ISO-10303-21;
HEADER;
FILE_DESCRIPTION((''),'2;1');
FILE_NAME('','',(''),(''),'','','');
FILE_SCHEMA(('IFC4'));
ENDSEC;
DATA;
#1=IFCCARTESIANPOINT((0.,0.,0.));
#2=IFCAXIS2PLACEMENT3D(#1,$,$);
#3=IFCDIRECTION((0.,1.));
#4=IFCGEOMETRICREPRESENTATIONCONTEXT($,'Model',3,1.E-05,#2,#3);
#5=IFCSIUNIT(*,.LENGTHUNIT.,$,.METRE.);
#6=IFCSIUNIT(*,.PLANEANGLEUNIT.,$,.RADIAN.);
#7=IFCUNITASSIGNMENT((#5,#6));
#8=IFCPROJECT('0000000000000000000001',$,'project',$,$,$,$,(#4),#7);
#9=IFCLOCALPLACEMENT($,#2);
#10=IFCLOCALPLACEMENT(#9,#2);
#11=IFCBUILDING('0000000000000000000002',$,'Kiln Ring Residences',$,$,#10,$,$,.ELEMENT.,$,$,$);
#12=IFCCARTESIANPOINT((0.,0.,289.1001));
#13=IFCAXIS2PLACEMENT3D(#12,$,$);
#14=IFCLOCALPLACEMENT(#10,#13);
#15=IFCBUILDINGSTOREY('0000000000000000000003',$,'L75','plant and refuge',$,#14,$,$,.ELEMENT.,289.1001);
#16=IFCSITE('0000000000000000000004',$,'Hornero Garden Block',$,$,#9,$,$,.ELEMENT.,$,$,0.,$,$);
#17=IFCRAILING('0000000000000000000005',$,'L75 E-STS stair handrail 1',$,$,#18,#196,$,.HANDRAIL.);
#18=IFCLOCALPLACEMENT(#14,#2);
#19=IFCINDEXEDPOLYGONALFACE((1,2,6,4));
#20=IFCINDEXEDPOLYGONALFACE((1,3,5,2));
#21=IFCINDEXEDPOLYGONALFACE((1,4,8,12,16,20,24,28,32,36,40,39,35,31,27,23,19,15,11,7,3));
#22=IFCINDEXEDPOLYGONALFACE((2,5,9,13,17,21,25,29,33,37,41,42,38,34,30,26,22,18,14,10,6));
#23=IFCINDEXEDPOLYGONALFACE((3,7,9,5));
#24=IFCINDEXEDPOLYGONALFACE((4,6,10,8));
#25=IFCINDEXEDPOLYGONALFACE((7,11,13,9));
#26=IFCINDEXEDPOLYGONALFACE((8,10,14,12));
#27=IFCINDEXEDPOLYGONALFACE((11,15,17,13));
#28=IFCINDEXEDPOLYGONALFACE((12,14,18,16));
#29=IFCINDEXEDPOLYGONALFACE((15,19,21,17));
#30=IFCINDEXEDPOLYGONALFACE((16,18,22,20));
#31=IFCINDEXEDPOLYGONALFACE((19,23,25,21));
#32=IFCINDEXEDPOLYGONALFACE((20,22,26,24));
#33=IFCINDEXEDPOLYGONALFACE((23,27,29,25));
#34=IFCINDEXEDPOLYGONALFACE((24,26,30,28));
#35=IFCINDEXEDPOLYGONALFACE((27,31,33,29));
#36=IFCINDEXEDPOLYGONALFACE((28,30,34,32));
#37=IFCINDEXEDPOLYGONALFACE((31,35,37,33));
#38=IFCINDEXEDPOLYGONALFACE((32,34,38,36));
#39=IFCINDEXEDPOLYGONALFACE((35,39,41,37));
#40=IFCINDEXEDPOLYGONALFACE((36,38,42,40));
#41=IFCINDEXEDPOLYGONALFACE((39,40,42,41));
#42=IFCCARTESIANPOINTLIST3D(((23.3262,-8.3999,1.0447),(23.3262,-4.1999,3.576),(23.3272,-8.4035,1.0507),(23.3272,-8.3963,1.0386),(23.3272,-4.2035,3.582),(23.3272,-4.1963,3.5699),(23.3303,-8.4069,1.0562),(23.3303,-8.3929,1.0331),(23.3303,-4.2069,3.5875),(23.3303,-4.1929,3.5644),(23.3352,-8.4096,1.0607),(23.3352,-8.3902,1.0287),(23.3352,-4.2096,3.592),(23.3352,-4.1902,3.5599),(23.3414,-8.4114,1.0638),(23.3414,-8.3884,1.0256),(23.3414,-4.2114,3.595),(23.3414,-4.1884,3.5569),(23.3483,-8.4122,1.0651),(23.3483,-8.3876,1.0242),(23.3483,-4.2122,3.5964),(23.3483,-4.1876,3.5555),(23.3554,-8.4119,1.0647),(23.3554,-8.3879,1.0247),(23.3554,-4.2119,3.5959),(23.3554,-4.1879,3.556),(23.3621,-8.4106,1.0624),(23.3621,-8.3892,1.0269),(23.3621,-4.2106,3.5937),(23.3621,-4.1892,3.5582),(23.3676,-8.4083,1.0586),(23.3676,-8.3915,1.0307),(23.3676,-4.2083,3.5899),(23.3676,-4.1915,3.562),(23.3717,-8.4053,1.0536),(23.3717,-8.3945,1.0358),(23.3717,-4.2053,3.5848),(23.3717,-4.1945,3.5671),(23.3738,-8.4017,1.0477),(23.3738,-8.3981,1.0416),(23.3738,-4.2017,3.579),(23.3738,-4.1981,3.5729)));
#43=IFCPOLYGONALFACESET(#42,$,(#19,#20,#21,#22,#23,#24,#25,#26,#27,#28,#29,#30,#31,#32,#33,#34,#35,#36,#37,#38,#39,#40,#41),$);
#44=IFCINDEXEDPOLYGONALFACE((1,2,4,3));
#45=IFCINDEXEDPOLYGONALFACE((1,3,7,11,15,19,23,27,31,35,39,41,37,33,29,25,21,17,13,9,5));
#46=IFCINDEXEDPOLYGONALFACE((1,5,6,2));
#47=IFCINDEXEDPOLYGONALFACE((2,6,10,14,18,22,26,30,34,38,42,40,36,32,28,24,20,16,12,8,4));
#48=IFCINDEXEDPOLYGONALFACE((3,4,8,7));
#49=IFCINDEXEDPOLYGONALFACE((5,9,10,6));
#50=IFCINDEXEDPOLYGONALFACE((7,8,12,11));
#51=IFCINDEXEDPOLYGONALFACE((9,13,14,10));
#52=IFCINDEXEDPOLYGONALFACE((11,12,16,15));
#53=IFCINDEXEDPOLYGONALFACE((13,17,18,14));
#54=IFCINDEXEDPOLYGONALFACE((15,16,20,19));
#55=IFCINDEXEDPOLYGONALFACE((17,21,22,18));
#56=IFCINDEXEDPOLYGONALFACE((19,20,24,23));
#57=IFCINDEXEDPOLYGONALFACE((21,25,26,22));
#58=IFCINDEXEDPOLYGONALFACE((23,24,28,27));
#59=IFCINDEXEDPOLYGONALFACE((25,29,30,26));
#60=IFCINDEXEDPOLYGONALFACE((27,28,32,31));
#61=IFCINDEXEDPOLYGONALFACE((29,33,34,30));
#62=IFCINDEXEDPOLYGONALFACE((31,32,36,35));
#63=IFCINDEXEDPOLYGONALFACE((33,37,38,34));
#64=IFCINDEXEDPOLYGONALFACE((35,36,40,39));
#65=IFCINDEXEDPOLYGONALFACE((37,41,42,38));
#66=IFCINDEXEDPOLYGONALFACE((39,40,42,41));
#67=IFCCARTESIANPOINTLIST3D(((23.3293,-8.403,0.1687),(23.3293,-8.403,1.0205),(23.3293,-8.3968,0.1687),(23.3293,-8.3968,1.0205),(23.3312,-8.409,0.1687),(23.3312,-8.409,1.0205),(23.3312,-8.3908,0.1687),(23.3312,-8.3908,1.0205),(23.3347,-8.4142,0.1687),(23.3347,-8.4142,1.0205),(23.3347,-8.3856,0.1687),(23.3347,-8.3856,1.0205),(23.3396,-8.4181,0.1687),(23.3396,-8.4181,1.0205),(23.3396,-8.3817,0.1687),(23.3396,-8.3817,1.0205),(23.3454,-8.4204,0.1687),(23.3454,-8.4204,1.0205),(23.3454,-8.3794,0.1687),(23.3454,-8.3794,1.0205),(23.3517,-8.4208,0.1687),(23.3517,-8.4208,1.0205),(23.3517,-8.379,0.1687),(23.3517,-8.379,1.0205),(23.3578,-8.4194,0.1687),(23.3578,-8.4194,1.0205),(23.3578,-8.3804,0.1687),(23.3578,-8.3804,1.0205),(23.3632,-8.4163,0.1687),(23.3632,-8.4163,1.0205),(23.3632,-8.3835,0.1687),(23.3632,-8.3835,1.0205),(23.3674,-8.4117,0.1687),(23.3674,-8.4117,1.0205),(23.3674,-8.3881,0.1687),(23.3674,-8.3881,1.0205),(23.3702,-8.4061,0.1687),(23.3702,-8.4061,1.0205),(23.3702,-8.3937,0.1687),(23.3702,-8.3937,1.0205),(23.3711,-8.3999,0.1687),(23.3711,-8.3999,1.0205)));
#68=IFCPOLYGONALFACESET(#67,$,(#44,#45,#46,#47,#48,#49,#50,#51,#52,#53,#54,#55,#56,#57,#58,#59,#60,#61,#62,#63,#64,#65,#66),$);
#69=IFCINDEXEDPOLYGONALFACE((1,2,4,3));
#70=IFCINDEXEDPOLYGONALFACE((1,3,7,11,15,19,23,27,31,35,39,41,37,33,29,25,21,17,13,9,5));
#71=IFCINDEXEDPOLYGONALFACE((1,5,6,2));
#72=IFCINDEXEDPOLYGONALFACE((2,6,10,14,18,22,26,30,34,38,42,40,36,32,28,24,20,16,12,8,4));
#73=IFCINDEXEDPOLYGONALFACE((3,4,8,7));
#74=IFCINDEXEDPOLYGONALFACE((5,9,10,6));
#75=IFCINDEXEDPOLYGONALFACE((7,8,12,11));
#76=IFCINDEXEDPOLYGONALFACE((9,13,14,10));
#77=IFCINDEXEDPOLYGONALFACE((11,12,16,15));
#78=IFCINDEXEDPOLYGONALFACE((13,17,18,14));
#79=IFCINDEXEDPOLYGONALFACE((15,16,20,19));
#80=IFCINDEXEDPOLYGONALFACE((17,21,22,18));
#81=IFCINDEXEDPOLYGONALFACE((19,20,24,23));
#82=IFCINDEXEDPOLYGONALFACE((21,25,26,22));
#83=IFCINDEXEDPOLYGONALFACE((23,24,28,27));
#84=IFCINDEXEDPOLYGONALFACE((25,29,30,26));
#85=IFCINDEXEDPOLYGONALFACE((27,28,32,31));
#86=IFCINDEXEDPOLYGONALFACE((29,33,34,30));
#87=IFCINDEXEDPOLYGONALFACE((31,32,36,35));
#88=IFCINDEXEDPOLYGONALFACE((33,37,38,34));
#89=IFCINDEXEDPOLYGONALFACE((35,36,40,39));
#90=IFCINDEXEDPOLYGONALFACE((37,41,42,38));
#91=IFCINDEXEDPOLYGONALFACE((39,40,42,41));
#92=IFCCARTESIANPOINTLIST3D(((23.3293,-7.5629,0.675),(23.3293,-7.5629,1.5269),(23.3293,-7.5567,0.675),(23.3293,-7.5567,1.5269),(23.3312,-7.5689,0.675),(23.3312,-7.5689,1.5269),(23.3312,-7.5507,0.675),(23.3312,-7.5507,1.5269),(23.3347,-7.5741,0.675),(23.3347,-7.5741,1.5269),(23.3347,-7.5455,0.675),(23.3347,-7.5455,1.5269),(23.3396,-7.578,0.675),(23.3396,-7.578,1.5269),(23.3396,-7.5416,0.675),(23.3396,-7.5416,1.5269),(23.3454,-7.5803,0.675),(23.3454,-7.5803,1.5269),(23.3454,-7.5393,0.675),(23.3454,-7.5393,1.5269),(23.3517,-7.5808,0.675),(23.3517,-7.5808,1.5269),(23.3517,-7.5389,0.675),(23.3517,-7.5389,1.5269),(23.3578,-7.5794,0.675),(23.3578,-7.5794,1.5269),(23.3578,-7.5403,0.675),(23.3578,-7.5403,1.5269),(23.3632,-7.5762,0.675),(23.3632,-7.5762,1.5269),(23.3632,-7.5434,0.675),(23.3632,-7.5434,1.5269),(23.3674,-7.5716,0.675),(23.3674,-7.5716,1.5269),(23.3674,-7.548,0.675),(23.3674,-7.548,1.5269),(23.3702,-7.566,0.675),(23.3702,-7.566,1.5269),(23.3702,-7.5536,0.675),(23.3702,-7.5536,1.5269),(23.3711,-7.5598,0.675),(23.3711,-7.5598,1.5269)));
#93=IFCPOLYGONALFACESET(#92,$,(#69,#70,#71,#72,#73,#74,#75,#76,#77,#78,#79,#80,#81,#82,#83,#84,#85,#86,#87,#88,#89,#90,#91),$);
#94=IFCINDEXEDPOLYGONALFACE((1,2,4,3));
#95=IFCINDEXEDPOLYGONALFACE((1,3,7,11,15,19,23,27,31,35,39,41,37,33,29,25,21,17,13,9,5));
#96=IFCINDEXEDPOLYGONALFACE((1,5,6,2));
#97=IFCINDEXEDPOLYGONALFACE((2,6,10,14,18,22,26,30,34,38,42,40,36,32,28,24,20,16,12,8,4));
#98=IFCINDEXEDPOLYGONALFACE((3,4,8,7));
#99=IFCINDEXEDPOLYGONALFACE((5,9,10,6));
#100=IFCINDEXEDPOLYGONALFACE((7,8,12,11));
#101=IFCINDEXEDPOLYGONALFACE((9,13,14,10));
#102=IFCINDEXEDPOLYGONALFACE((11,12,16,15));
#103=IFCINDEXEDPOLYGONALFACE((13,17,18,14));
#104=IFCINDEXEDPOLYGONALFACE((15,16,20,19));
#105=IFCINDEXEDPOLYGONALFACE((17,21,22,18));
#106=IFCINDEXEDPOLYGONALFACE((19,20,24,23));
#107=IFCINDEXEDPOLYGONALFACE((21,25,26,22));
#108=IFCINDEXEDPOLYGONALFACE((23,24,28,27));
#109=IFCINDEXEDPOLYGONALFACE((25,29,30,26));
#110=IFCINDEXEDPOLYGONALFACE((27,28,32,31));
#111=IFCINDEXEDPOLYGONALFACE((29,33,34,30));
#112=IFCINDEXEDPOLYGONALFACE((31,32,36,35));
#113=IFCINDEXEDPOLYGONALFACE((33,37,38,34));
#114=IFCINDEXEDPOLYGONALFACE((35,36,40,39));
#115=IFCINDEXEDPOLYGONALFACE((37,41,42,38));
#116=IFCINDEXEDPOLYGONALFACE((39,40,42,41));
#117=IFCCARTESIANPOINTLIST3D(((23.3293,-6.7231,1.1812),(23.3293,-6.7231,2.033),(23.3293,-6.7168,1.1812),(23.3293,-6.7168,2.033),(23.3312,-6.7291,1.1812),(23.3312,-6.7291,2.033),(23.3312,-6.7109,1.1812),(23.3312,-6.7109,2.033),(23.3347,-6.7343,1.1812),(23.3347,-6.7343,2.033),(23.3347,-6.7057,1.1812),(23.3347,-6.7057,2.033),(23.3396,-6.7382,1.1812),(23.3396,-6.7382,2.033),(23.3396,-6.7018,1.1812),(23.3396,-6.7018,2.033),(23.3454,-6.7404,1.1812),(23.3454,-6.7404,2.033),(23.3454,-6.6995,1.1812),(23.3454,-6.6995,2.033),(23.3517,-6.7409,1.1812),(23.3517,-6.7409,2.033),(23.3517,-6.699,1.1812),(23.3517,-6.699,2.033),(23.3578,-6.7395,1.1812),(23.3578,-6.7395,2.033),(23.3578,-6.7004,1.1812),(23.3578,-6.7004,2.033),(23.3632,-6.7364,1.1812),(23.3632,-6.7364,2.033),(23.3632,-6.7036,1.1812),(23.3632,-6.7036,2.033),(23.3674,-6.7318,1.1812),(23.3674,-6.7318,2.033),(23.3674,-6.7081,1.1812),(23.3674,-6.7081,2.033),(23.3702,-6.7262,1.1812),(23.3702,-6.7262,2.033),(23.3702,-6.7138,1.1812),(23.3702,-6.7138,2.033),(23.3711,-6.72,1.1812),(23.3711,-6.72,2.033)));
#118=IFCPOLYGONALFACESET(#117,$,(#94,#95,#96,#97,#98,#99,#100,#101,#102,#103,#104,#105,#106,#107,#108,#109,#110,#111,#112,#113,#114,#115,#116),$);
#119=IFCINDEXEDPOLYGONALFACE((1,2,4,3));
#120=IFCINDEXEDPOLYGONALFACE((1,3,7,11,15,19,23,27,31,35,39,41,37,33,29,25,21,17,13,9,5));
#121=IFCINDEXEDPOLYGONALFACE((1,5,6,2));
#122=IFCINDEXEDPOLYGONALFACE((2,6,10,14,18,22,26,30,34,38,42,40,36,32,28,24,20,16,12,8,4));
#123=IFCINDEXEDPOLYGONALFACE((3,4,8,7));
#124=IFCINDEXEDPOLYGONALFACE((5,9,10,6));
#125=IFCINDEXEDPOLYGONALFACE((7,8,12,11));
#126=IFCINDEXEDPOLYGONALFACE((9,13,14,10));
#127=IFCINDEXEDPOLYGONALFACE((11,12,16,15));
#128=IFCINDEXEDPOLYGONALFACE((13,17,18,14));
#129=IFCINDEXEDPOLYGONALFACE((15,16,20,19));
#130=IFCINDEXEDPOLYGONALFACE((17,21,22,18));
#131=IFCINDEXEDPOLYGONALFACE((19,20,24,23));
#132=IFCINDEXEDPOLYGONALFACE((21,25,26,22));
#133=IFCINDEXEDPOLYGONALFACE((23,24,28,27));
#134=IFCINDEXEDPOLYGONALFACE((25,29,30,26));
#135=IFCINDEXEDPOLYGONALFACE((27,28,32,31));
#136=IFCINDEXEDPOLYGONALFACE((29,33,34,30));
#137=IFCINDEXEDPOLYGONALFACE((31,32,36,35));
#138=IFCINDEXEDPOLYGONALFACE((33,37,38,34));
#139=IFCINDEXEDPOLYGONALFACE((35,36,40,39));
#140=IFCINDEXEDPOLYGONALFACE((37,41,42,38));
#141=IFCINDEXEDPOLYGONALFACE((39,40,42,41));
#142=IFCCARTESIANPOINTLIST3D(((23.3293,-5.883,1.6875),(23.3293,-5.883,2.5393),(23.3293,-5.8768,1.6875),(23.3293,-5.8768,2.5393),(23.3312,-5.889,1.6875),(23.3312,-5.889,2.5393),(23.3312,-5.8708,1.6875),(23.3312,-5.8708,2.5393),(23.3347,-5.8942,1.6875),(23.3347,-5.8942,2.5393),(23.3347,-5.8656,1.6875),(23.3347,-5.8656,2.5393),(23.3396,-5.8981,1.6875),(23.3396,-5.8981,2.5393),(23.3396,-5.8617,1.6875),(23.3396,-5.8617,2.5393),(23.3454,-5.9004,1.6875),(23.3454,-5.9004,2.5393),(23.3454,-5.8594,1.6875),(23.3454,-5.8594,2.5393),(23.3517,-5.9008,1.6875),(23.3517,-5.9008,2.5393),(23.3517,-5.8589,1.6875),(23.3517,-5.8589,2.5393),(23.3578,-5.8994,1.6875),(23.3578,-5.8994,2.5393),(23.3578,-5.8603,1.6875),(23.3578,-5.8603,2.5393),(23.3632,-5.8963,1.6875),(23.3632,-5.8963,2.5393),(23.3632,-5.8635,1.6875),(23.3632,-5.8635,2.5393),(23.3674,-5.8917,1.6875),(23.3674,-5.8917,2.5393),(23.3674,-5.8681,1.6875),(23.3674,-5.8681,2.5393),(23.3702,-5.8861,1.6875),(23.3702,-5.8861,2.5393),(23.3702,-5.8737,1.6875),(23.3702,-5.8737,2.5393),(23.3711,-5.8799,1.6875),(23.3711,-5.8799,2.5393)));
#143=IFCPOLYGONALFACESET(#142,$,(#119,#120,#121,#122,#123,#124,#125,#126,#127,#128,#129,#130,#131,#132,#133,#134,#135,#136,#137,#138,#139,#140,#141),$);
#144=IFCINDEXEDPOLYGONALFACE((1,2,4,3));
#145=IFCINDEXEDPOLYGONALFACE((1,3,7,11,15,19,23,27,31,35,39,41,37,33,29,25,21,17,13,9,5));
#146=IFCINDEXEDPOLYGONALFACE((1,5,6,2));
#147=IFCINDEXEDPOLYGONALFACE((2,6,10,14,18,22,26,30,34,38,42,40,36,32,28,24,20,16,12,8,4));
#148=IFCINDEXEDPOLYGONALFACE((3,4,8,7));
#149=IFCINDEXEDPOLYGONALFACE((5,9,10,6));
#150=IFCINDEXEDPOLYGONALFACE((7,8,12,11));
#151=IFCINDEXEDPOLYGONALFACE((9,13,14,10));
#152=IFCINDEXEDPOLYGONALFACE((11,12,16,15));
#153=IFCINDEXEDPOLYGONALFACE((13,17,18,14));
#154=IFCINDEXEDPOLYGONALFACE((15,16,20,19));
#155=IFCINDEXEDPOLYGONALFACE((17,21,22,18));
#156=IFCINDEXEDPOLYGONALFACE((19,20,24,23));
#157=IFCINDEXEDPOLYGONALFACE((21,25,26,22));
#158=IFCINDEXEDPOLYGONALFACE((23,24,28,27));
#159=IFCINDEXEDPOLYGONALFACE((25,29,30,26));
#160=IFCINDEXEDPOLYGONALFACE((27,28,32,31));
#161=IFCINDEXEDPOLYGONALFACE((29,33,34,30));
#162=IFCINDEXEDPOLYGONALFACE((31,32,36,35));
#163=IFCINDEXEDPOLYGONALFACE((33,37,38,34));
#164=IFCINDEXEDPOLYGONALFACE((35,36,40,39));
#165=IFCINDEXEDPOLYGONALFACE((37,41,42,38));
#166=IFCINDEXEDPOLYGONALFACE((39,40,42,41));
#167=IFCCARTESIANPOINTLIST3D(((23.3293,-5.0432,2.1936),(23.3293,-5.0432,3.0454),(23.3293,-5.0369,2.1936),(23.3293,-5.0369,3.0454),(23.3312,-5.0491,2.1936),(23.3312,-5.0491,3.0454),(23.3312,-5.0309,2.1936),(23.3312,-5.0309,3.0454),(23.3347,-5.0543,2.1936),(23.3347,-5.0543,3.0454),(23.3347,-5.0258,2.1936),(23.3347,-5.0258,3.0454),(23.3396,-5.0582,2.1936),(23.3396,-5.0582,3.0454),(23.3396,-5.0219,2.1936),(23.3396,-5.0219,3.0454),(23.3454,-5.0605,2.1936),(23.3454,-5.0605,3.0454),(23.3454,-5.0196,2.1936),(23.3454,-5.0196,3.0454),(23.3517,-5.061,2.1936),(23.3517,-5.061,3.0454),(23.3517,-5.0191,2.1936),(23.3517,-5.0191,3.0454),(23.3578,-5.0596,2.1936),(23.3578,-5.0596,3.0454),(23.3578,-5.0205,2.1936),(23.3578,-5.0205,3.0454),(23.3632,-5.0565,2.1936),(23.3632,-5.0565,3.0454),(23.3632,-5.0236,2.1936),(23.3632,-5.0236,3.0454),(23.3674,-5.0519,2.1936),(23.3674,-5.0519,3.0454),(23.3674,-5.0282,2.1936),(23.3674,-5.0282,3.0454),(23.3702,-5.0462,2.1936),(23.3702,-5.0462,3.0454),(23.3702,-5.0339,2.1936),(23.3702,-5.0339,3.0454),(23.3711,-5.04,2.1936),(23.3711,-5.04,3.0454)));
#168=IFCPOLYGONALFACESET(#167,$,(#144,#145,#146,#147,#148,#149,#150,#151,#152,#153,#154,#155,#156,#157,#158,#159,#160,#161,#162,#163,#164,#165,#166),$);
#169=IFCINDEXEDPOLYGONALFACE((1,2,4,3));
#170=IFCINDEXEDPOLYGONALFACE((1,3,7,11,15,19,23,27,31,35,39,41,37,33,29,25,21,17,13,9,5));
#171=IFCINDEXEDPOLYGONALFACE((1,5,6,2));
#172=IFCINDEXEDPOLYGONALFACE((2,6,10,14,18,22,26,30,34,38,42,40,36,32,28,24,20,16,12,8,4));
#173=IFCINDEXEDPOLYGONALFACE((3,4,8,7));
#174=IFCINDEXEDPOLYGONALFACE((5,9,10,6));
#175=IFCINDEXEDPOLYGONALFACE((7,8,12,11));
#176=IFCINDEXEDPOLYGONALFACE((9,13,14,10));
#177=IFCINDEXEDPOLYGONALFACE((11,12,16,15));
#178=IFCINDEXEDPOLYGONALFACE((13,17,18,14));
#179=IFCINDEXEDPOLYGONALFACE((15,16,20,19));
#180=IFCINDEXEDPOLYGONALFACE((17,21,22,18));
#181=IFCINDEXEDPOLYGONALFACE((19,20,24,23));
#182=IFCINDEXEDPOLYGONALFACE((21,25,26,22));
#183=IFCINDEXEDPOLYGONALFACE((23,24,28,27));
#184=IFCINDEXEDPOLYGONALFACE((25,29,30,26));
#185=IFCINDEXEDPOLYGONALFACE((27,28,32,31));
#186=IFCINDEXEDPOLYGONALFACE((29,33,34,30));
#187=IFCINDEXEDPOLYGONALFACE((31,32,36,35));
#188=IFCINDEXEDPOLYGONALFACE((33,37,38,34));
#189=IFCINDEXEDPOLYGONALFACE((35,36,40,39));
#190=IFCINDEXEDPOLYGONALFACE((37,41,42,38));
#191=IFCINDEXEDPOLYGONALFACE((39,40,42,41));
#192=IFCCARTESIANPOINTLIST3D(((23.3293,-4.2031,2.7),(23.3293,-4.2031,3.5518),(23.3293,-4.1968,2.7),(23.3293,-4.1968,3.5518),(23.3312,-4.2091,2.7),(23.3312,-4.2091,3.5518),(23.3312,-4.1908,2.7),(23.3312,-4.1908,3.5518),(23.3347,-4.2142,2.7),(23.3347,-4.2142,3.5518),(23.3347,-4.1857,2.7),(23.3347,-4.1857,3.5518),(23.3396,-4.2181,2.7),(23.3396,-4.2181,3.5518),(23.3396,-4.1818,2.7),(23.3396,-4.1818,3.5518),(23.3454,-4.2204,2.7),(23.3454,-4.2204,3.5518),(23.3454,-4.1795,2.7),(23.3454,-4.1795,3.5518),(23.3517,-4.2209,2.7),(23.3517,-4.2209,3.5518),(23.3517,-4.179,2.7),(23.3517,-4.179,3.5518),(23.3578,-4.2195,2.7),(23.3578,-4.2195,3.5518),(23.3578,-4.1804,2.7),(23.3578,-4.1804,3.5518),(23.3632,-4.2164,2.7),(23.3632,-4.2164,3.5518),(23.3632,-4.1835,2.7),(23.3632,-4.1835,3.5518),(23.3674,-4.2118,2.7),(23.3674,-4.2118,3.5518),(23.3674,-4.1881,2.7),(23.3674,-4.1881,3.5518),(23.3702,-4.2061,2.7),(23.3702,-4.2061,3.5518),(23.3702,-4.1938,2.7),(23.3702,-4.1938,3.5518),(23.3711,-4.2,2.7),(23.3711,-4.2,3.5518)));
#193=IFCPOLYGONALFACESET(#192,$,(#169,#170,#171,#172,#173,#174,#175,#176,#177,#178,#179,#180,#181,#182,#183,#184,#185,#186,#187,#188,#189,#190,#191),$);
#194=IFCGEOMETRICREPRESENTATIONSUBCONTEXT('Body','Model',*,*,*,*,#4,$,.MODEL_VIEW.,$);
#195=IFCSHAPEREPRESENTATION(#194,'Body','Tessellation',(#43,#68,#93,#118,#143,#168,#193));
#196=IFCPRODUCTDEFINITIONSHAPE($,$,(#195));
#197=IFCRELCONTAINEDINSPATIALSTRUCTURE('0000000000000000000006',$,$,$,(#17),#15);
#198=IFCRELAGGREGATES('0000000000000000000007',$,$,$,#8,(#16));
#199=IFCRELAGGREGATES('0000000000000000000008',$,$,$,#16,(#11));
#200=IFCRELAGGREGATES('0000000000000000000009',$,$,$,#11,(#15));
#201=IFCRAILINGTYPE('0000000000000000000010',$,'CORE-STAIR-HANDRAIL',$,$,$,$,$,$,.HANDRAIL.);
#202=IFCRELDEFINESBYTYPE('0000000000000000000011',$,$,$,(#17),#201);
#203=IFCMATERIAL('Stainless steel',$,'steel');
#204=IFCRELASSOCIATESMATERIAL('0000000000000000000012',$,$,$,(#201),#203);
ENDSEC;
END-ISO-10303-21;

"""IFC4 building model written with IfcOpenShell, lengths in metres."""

from ifc_helpers import new_model, si_unit, direction, frame, origin, origin_2d, place, context, subcontext, project, spatial, circle, extrude, material, type_object, element, save


model = new_model("IFC4")

# Units and contexts
model_context = context("Model", 3, precision=1e-05, world=origin(), true_north=direction((0.0, 1.0)))
body_context = subcontext(model_context, "Body", "Model", "MODEL_VIEW")
ifc_project = project(units=[si_unit("LENGTHUNIT", "METRE"), si_unit("PLANEANGLEUNIT", "RADIAN")], contexts=[model_context])

# Site, building, storey
site_placement = place(None, origin())
site = spatial("IfcSite", under=ifc_project, at=site_placement, Name="Hornero Garden Block", CompositionType="ELEMENT", RefElevation=0.0)
building_placement = place(site_placement, origin())
building = spatial("IfcBuilding", under=site, at=building_placement, Name="Kiln Ring Residences", CompositionType="ELEMENT")
storey_placement = place(building_placement, frame((0.0, 0.0, 289.1001)))
storey = spatial("IfcBuildingStorey", under=building, at=storey_placement, Name="L75", Description="plant and refuge", CompositionType="ELEMENT", Elevation=289.1001)

# Railing
ifc_material_1 = material(Name="Stainless steel", Category="steel")
railing_type_1 = type_object("IfcRailingType", Name="CORE-STAIR-HANDRAIL", PredefinedType="HANDRAIL", material=ifc_material_1)
railing_1_placement = place(storey_placement, frame((23.3501, -8.3999, 0.1687)))
element("IfcRailing", 1, at=railing_1_placement, inside=storey, type_object=railing_type_1, Name="L75 E-STS stair handrail 1", PredefinedType="HANDRAIL", context=body_context, shape_type="SweptSolid", body=[
    extrude(circle(Radius=0.0239, at=origin_2d()), frame((0.0, 0.0, 0.876), z_axis=(0.0, 0.856476, 0.516186), x_axis=(-1.0, 0.0, 0.0)), (0.0, 0.0, 1.0), 4.9038),
    extrude(circle(Radius=0.021, at=origin_2d()), origin(), (0.0, 0.0, 1.0), 0.8518),
    extrude(circle(Radius=0.021, at=origin_2d()), frame((0.0, 0.8401, 0.5063)), (0.0, 0.0, 1.0), 0.8518),
    extrude(circle(Radius=0.021, at=origin_2d()), frame((0.0, 1.6799, 1.0125)), (0.0, 0.0, 1.0), 0.8518),
    extrude(circle(Radius=0.021, at=origin_2d()), frame((0.0, 2.52, 1.5188)), (0.0, 0.0, 1.0), 0.8518),
    extrude(circle(Radius=0.021, at=origin_2d()), frame((0.0, 3.3599, 2.0249)), (0.0, 0.0, 1.0), 0.8518),
    extrude(circle(Radius=0.021, at=origin_2d()), frame((0.0, 4.2, 2.5312)), (0.0, 0.0, 1.0), 0.8518),
])

save(model, "model.ifc")
